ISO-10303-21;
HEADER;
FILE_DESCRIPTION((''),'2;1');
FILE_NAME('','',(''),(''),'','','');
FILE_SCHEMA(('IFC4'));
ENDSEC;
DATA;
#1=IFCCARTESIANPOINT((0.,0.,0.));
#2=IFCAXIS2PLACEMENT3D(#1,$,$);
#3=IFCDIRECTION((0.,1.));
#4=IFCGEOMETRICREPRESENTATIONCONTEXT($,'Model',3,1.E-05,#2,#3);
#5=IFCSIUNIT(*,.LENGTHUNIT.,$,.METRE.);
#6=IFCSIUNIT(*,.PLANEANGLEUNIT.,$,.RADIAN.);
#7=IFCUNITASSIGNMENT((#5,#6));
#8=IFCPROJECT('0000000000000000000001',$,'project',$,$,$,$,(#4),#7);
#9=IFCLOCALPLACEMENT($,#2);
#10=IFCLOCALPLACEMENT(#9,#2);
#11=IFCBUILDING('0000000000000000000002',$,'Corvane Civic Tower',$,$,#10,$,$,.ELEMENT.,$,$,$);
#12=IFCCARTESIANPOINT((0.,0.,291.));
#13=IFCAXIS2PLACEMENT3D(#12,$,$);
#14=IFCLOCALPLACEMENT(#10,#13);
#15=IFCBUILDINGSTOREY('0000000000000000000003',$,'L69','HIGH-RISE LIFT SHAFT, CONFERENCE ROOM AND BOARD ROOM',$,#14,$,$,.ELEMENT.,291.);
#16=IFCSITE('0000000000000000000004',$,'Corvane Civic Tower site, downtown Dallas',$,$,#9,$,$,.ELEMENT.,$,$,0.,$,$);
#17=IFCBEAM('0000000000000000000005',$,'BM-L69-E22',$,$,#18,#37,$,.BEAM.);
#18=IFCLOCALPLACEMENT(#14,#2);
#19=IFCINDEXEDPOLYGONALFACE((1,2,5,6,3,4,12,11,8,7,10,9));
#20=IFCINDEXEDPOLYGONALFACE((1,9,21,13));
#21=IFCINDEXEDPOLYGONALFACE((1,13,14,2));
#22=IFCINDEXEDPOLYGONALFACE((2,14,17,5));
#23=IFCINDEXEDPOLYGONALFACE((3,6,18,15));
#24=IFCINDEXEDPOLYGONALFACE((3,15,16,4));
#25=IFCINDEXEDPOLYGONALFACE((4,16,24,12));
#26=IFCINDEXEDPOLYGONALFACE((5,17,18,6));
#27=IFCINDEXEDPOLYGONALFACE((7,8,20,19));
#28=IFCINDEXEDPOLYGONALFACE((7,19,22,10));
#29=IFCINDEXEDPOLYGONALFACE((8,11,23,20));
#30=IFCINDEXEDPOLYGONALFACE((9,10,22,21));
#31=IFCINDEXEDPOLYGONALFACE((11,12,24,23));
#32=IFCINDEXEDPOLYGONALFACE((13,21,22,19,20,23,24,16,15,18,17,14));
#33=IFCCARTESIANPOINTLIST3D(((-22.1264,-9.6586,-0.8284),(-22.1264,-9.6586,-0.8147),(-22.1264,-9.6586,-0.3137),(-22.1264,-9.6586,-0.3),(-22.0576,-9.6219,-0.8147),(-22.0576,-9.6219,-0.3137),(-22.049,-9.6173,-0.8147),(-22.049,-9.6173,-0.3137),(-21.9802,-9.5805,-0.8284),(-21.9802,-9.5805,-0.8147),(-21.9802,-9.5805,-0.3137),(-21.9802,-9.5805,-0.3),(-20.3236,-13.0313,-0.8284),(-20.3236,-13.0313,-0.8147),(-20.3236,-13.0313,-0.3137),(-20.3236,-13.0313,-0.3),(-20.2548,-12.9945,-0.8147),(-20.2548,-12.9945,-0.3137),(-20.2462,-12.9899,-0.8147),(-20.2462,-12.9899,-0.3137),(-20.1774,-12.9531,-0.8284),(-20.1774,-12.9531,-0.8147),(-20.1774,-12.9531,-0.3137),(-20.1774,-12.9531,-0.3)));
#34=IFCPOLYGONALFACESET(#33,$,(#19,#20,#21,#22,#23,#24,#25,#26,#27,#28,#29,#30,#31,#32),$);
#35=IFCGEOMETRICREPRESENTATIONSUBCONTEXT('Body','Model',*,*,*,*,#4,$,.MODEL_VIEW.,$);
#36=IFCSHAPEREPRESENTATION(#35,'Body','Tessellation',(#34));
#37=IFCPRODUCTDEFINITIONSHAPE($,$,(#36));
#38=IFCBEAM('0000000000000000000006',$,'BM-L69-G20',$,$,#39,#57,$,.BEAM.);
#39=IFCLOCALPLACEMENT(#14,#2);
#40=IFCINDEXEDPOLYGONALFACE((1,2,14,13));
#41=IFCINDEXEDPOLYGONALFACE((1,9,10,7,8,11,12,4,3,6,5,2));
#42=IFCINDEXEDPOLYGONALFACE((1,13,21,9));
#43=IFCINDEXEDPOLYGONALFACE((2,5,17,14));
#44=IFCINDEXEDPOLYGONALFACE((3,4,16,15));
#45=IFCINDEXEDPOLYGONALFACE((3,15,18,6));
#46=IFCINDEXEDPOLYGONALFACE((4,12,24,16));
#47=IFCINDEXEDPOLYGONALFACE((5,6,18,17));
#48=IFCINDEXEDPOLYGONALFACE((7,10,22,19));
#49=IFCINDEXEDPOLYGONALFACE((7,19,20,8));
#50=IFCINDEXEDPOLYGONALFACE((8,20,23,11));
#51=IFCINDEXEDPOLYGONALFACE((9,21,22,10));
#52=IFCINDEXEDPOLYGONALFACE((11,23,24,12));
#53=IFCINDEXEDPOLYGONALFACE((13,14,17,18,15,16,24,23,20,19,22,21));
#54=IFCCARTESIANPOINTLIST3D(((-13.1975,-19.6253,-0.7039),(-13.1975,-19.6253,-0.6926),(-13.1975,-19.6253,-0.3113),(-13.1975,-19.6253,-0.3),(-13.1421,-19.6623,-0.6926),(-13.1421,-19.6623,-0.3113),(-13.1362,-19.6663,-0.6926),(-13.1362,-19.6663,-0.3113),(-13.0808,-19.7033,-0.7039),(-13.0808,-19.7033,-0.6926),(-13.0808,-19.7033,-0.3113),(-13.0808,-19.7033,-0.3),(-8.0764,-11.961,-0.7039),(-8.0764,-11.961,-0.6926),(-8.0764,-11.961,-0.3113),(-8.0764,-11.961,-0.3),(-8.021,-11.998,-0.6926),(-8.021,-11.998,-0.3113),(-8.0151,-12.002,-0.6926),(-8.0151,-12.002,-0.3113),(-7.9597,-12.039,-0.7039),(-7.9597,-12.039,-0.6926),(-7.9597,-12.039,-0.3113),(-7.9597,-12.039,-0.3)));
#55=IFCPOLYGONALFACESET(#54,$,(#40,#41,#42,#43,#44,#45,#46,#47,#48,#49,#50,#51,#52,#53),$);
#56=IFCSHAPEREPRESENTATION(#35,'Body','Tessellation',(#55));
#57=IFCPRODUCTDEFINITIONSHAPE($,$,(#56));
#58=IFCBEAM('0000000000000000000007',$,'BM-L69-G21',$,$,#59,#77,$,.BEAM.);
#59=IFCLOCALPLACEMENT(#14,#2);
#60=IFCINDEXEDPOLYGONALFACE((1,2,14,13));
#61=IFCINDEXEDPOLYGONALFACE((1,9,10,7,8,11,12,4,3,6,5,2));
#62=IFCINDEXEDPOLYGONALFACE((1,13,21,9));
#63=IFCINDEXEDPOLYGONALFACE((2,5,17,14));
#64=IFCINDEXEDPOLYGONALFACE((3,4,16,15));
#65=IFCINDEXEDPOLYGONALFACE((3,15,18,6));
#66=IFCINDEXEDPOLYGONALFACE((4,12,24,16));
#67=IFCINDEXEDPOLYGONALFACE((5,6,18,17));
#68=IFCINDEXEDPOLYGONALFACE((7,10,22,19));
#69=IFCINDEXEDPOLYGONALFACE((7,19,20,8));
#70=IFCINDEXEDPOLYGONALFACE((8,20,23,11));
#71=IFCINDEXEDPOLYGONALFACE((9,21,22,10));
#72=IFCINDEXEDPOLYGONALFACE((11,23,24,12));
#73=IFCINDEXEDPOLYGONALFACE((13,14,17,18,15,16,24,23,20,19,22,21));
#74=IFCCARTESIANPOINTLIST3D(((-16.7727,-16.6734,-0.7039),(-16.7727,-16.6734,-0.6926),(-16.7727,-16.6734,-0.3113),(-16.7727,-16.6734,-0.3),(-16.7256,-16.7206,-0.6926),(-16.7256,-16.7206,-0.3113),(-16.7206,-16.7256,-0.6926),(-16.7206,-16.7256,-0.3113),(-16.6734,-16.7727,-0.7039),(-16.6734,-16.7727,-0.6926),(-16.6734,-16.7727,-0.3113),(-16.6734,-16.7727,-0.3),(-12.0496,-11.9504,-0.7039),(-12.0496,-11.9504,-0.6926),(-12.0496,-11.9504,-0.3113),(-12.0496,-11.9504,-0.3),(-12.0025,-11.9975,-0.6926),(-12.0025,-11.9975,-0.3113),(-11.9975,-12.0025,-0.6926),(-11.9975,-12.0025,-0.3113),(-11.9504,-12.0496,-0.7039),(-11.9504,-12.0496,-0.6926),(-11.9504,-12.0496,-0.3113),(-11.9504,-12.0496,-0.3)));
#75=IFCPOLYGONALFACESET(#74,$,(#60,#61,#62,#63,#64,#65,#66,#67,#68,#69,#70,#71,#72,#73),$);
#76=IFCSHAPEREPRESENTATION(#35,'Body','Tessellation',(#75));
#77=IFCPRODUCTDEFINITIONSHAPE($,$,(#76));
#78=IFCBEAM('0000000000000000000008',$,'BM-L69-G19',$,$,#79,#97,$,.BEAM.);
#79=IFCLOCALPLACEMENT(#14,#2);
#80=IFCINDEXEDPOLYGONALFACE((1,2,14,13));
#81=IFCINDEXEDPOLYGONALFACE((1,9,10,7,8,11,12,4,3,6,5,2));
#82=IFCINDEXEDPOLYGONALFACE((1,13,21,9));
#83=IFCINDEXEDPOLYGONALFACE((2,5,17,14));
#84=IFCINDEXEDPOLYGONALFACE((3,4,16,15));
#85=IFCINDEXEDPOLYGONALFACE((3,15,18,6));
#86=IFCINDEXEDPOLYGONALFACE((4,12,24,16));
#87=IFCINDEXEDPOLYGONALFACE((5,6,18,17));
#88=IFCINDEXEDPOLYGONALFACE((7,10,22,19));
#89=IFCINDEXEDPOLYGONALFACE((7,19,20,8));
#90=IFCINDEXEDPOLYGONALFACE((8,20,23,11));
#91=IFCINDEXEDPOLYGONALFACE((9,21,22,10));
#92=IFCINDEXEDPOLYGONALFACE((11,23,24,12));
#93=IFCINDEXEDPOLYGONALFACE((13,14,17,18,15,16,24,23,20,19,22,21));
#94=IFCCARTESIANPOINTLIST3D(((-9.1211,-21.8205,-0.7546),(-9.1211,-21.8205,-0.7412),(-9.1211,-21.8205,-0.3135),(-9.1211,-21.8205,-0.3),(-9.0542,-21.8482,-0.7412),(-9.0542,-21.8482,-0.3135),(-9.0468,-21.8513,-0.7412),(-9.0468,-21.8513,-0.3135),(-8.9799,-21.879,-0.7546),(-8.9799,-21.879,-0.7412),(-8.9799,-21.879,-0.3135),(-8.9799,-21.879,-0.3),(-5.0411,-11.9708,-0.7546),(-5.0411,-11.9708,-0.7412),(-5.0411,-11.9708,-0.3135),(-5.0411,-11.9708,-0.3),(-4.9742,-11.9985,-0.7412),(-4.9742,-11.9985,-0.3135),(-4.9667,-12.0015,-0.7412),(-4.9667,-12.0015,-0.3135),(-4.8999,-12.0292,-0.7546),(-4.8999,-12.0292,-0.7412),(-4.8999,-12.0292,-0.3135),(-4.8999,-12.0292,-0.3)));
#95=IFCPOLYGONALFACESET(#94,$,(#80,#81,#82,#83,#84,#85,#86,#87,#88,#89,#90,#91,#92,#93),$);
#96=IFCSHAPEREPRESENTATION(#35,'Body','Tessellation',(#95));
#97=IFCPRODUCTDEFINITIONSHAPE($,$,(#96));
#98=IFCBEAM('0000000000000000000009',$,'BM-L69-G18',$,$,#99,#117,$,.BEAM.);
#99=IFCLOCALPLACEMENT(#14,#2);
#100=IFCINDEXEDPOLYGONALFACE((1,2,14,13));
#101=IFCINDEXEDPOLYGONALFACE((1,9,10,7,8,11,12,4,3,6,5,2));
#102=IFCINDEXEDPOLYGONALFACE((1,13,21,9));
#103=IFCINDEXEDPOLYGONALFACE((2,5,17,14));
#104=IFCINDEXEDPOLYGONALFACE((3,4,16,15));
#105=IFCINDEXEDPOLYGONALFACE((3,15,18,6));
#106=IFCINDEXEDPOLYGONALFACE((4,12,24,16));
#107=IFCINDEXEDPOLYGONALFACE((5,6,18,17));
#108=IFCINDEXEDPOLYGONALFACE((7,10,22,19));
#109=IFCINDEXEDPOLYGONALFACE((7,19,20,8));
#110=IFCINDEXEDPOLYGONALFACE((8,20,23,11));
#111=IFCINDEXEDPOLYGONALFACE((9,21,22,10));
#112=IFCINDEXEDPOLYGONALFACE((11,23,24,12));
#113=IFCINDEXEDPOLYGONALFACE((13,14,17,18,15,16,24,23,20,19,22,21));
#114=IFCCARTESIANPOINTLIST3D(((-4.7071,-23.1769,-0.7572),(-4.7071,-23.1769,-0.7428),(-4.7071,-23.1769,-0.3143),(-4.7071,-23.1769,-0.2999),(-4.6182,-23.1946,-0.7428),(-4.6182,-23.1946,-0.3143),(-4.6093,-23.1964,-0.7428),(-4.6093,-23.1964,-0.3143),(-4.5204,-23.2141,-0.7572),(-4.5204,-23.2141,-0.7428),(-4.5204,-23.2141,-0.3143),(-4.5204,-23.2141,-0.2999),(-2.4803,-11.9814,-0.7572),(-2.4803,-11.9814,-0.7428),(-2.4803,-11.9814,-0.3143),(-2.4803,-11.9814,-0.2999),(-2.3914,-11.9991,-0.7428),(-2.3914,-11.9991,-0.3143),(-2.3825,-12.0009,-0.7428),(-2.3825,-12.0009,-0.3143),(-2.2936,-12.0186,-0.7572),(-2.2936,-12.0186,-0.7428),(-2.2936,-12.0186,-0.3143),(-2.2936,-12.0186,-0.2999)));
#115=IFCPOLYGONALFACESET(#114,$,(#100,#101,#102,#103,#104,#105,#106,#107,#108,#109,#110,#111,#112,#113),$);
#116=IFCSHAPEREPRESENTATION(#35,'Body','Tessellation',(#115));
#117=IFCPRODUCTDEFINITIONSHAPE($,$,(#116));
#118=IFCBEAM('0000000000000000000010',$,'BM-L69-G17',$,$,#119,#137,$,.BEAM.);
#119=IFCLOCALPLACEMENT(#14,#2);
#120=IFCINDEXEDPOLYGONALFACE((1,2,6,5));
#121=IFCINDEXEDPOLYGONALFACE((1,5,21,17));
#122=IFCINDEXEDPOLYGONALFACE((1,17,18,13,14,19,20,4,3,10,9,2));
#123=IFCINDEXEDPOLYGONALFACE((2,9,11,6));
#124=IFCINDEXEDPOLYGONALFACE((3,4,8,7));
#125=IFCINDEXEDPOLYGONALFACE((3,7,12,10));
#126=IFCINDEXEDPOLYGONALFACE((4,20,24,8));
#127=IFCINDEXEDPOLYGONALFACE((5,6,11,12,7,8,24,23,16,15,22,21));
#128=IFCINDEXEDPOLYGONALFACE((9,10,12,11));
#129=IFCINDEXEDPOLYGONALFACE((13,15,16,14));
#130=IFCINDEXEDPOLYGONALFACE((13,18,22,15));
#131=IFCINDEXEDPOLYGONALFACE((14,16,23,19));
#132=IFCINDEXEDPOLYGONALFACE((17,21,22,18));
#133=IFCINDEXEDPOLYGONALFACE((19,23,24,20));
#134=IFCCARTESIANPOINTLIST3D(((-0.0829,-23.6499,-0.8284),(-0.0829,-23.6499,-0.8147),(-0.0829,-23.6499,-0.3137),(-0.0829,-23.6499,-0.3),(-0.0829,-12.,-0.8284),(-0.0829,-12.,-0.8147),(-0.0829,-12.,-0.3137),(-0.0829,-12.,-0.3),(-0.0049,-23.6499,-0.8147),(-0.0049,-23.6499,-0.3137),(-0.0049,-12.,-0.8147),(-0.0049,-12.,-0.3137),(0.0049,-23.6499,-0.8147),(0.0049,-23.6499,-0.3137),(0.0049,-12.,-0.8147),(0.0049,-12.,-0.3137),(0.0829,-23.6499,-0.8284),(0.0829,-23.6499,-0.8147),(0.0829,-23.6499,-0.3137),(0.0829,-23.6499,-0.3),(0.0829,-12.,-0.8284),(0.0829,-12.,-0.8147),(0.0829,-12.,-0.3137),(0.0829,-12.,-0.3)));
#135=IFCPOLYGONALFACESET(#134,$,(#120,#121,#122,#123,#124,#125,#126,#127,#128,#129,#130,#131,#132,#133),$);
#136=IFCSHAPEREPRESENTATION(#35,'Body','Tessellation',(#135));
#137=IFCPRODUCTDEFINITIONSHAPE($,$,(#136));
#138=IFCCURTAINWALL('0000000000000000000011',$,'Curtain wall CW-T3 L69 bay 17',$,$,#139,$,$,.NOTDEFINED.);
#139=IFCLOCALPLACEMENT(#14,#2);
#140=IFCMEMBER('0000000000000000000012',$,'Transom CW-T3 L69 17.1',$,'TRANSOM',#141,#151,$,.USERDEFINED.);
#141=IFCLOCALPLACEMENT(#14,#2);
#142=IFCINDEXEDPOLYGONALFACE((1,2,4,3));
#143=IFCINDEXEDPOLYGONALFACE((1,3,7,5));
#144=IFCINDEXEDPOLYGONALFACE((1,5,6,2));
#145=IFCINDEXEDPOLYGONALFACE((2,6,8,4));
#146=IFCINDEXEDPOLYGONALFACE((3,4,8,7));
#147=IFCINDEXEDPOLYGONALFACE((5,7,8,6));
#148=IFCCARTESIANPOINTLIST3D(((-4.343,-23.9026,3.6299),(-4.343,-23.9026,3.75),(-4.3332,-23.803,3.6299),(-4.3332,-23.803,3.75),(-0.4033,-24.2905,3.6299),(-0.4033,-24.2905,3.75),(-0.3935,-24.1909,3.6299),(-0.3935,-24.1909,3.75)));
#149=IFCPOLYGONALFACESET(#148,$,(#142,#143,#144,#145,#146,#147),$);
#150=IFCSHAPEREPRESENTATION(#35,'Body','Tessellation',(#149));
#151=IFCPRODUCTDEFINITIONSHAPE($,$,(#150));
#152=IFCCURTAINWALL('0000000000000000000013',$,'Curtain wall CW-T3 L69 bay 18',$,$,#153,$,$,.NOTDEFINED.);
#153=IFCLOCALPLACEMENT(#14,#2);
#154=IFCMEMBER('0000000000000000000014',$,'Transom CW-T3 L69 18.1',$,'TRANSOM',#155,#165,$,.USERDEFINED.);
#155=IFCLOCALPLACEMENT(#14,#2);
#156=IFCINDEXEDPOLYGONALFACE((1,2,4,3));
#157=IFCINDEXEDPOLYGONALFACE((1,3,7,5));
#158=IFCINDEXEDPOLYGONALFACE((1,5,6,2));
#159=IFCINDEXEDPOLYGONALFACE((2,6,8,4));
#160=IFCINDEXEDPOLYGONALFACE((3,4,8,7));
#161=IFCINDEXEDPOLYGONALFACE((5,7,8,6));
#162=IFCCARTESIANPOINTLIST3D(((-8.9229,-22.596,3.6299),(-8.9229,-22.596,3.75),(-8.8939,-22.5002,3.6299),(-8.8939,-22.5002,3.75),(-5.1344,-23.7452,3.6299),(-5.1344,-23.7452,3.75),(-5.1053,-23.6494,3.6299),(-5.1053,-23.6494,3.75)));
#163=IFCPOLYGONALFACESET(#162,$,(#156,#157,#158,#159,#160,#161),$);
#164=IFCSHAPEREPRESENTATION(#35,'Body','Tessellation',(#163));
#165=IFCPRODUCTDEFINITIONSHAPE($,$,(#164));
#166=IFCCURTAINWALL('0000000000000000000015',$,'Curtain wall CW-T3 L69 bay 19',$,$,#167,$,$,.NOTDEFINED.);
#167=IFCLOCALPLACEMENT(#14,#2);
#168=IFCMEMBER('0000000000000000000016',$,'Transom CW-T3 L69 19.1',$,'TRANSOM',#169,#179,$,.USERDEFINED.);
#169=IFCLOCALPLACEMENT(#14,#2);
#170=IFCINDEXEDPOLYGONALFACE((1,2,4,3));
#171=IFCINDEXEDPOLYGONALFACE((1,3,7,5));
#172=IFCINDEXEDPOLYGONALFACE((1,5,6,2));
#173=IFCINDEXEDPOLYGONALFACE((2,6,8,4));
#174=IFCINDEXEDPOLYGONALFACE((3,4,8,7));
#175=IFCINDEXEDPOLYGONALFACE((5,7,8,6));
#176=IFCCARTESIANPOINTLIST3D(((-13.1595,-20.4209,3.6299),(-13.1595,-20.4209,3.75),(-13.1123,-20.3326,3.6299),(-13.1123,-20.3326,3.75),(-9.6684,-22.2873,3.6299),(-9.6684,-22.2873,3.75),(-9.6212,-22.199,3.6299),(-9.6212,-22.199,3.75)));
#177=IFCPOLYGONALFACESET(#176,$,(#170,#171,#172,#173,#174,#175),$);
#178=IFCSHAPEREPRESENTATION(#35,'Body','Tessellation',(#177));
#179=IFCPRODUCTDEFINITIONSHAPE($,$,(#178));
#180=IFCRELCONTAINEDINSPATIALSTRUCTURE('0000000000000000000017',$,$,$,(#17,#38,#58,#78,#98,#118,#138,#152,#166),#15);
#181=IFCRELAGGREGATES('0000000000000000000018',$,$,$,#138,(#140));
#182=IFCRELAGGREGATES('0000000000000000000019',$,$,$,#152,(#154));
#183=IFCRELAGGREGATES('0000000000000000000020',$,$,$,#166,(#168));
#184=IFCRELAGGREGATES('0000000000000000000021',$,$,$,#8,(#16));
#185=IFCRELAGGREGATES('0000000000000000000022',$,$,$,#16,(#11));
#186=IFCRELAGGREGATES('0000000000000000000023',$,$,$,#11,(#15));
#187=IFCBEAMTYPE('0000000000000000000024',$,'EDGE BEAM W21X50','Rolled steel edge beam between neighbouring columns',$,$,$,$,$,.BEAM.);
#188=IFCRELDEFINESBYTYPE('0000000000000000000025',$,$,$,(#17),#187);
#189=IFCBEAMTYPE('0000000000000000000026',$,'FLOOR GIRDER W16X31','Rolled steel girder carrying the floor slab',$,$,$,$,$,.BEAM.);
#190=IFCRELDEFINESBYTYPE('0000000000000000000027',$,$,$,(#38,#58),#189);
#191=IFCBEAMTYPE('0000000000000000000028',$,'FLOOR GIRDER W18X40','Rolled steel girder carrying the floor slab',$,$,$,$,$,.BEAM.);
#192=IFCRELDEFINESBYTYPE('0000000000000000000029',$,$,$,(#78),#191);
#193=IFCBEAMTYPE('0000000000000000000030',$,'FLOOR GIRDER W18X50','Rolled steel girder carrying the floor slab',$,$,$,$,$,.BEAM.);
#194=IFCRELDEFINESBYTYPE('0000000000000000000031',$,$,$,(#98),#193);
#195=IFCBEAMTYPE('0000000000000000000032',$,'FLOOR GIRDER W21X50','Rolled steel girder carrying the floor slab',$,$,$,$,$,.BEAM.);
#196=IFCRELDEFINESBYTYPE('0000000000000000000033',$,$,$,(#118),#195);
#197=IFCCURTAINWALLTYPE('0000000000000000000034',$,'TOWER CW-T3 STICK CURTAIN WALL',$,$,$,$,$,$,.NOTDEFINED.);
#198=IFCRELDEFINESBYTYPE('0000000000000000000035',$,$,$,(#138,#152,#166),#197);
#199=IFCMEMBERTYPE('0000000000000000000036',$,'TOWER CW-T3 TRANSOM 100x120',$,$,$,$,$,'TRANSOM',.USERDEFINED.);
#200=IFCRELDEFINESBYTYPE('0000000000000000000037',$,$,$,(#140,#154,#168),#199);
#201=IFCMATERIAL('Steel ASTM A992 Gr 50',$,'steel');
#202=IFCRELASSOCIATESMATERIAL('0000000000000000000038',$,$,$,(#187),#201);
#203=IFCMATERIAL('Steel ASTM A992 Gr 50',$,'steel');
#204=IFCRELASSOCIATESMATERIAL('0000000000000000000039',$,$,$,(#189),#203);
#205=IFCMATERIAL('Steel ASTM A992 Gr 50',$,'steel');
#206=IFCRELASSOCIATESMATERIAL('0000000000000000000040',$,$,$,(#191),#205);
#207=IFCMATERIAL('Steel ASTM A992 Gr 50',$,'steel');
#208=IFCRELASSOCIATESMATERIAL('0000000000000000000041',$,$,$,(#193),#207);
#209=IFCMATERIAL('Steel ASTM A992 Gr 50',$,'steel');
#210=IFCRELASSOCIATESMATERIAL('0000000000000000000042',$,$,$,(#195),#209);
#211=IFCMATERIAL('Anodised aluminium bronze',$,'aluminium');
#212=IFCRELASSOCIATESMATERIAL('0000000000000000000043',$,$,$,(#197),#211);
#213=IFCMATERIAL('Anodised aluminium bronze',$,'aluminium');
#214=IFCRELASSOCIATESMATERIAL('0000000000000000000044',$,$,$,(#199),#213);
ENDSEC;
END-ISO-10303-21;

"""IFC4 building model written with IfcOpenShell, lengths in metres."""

from ifc_helpers import new_model, si_unit, direction, frame, origin, origin_2d, place, context, subcontext, project, spatial, rectangle, i_section, extrude, material, material_profile, profile_set, type_object, element, aggregate, save


model = new_model("IFC4")

# Units and contexts
model_context = context("Model", 3, precision=1e-05, world=origin(), true_north=direction((0.0, 1.0)))
body_context = subcontext(model_context, "Body", "Model", "MODEL_VIEW")
ifc_project = project(units=[si_unit("LENGTHUNIT", "METRE"), si_unit("PLANEANGLEUNIT", "RADIAN")], contexts=[model_context])

# Site, building, storey
site_placement = place(None, origin())
site = spatial("IfcSite", under=ifc_project, at=site_placement, Name="Corvane Civic Tower site, downtown Dallas", CompositionType="ELEMENT", RefElevation=0.0)
building_placement = place(site_placement, origin())
building = spatial("IfcBuilding", under=site, at=building_placement, Name="Corvane Civic Tower", CompositionType="ELEMENT")
storey_placement = place(building_placement, frame((0.0, 0.0, 291.0)))
storey = spatial("IfcBuildingStorey", under=building, at=storey_placement, Name="L69", Description="HIGH-RISE LIFT SHAFT, CONFERENCE ROOM AND BOARD ROOM", CompositionType="ELEMENT", Elevation=291.0)

# Beams
ifc_material_1 = material(Name="Steel ASTM A992 Gr 50", Category="steel")
ifc_material_profile_1 = material_profile(ifc_material_1, i_section(OverallWidth=0.1658, OverallDepth=0.5283, WebThickness=0.0098, FlangeThickness=0.0137, at=origin_2d()), Name="W21X50")
ifc_profile_set_1 = profile_set([ifc_material_profile_1], Name="Steel ASTM A992 Gr 50")
beam_type_1 = type_object("IfcBeamType", Name="EDGE BEAM W21X50", Description="Rolled steel edge beam between neighbouring columns", PredefinedType="BEAM", material=ifc_profile_set_1)
beam_1_placement = place(storey_placement, frame((-20.2505, -12.9922, -0.5642), z_axis=(-0.47141, 0.881914, 0.0), x_axis=(-0.881914, -0.47141, 0.0)))
element("IfcBeam", 1, at=beam_1_placement, inside=storey, type_object=beam_type_1, Name="BM-L69-E22", PredefinedType="BEAM", context=body_context, shape_type="SweptSolid", body=[
    extrude(i_section(OverallWidth=0.1658, OverallDepth=0.5283, WebThickness=0.0098, FlangeThickness=0.0137, at=origin_2d()), origin(), (0.0, 0.0, 1.0), 3.8242),
])
ifc_material_2 = material(Name="Steel ASTM A992 Gr 50", Category="steel")
ifc_material_profile_2 = material_profile(ifc_material_2, i_section(OverallWidth=0.1404, OverallDepth=0.4038, WebThickness=0.0071, FlangeThickness=0.0112, at=origin_2d()), Name="W16X31")
ifc_profile_set_2 = profile_set([ifc_material_profile_2], Name="Steel ASTM A992 Gr 50")
beam_type_2 = type_object("IfcBeamType", Name="FLOOR GIRDER W16X31", Description="Rolled steel girder carrying the floor slab", PredefinedType="BEAM", material=ifc_profile_set_2)
beam_2_placement = place(storey_placement, frame((-8.0181, -12.0, -0.502), z_axis=(-0.555568, -0.831471, 0.0), x_axis=(0.831471, -0.555568, 0.0)))
element("IfcBeam", 2, at=beam_2_placement, inside=storey, type_object=beam_type_2, Name="BM-L69-G20", PredefinedType="BEAM", context=body_context, shape_type="SweptSolid", body=[
    extrude(i_section(OverallWidth=0.1404, OverallDepth=0.4038, WebThickness=0.0071, FlangeThickness=0.0112, at=origin_2d()), origin(), (0.0, 0.0, 1.0), 9.2178),
])
beam_3_placement = place(storey_placement, frame((-12.0, -12.0, -0.502), z_axis=(-0.707107, -0.707107, 0.0), x_axis=(0.707107, -0.707107, 0.0)))
element("IfcBeam", 3, at=beam_3_placement, inside=storey, type_object=beam_type_2, Name="BM-L69-G21", PredefinedType="BEAM", context=body_context, shape_type="SweptSolid", body=[
    extrude(i_section(OverallWidth=0.1404, OverallDepth=0.4038, WebThickness=0.0071, FlangeThickness=0.0112, at=origin_2d()), origin(), (0.0, 0.0, 1.0), 6.6794),
])
ifc_material_3 = material(Name="Steel ASTM A992 Gr 50", Category="steel")
ifc_material_profile_3 = material_profile(ifc_material_3, i_section(OverallWidth=0.1528, OverallDepth=0.4546, WebThickness=0.0081, FlangeThickness=0.0134, at=origin_2d()), Name="W18X40")
ifc_profile_set_3 = profile_set([ifc_material_profile_3], Name="Steel ASTM A992 Gr 50")
beam_type_3 = type_object("IfcBeamType", Name="FLOOR GIRDER W18X40", Description="Rolled steel girder carrying the floor slab", PredefinedType="BEAM", material=ifc_profile_set_3)
beam_4_placement = place(storey_placement, frame((-4.9705, -12.0, -0.5273), z_axis=(-0.382694, -0.923875, 0.0), x_axis=(0.923875, -0.382694, 0.0)))
element("IfcBeam", 4, at=beam_4_placement, inside=storey, type_object=beam_type_3, Name="BM-L69-G19", PredefinedType="BEAM", context=body_context, shape_type="SweptSolid", body=[
    extrude(i_section(OverallWidth=0.1528, OverallDepth=0.4546, WebThickness=0.0081, FlangeThickness=0.0134, at=origin_2d()), origin(), (0.0, 0.0, 1.0), 10.6614),
])
ifc_material_4 = material(Name="Steel ASTM A992 Gr 50", Category="steel")
ifc_material_profile_4 = material_profile(ifc_material_4, i_section(OverallWidth=0.1904, OverallDepth=0.4573, WebThickness=0.009, FlangeThickness=0.0144, at=origin_2d()), Name="W18X50")
ifc_profile_set_4 = profile_set([ifc_material_profile_4], Name="Steel ASTM A992 Gr 50")
beam_type_4 = type_object("IfcBeamType", Name="FLOOR GIRDER W18X50", Description="Rolled steel girder carrying the floor slab", PredefinedType="BEAM", material=ifc_profile_set_4)
beam_5_placement = place(storey_placement, frame((-2.387, -12.0, -0.5286), z_axis=(-0.19508, -0.980787, 0.0), x_axis=(0.980787, -0.19508, 0.0)))
element("IfcBeam", 5, at=beam_5_placement, inside=storey, type_object=beam_type_4, Name="BM-L69-G18", PredefinedType="BEAM", context=body_context, shape_type="SweptSolid", body=[
    extrude(i_section(OverallWidth=0.1904, OverallDepth=0.4573, WebThickness=0.009, FlangeThickness=0.0144, at=origin_2d()), origin(), (0.0, 0.0, 1.0), 11.4148),
])
ifc_material_5 = material(Name="Steel ASTM A992 Gr 50", Category="steel")
ifc_material_profile_5 = material_profile(ifc_material_5, i_section(OverallWidth=0.1658, OverallDepth=0.5283, WebThickness=0.0098, FlangeThickness=0.0137, at=origin_2d()), Name="W21X50")
ifc_profile_set_5 = profile_set([ifc_material_profile_5], Name="Steel ASTM A992 Gr 50")
beam_type_5 = type_object("IfcBeamType", Name="FLOOR GIRDER W21X50", Description="Rolled steel girder carrying the floor slab", PredefinedType="BEAM", material=ifc_profile_set_5)
beam_6_placement = place(storey_placement, frame((0.0, -12.0, -0.5642), z_axis=(0.0, -1.0, 0.0), x_axis=(1.0, 0.0, 0.0)))
element("IfcBeam", 6, at=beam_6_placement, inside=storey, type_object=beam_type_5, Name="BM-L69-G17", PredefinedType="BEAM", context=body_context, shape_type="SweptSolid", body=[
    extrude(i_section(OverallWidth=0.1658, OverallDepth=0.5283, WebThickness=0.0098, FlangeThickness=0.0137, at=origin_2d()), origin(), (0.0, 0.0, 1.0), 11.6499),
])

# Curtain walls, members
ifc_material_6 = material(Name="Anodised aluminium bronze", Category="aluminium")
curtain_wall_type = type_object("IfcCurtainWallType", Name="TOWER CW-T3 STICK CURTAIN WALL", PredefinedType="NOTDEFINED", material=ifc_material_6)
curtain_wall_1_placement = place(storey_placement, origin())
curtain_wall_1 = element("IfcCurtainWall", 7, at=curtain_wall_1_placement, inside=storey, type_object=curtain_wall_type, Name="Curtain wall CW-T3 L69 bay 17", PredefinedType="NOTDEFINED")
ifc_material_7 = material(Name="Anodised aluminium bronze", Category="aluminium")
ifc_material_profile_6 = material_profile(ifc_material_7, rectangle(XDim=0.1001, YDim=0.1201, at=origin_2d()), Name="TOWER CW-T3 TRANSOM 100x120")
ifc_profile_set_6 = profile_set([ifc_material_profile_6], Name="Anodised aluminium bronze")
member_type = type_object("IfcMemberType", Name="TOWER CW-T3 TRANSOM 100x120", ElementType="TRANSOM", PredefinedType="USERDEFINED", material=ifc_profile_set_6)
member_1_placement = place(storey_placement, frame((-0.3984, -24.2407, 3.6899), z_axis=(-0.995187, 0.097995, 0.0), x_axis=(-0.097995, -0.995187, 0.0)))
member_1 = element("IfcMember", 8, at=member_1_placement, type_object=member_type, Name="Transom CW-T3 L69 17.1", ObjectType="TRANSOM", PredefinedType="USERDEFINED", context=body_context, shape_type="SweptSolid", body=[
    extrude(rectangle(XDim=0.1001, YDim=0.1201, at=origin_2d()), origin(), (0.0, 0.0, 1.0), 3.9587),
])
curtain_wall_2_placement = place(storey_placement, origin())
curtain_wall_2 = element("IfcCurtainWall", 9, at=curtain_wall_2_placement, inside=storey, type_object=curtain_wall_type, Name="Curtain wall CW-T3 L69 bay 18", PredefinedType="NOTDEFINED")
member_2_placement = place(storey_placement, frame((-5.1199, -23.6973, 3.6899), z_axis=(-0.956946, 0.290266, 0.0), x_axis=(-0.290266, -0.956946, 0.0)))
member_2 = element("IfcMember", 10, at=member_2_placement, type_object=member_type, Name="Transom CW-T3 L69 18.1", ObjectType="TRANSOM", PredefinedType="USERDEFINED", context=body_context, shape_type="SweptSolid", body=[
    extrude(rectangle(XDim=0.1001, YDim=0.1201, at=origin_2d()), origin(), (0.0, 0.0, 1.0), 3.959),
])
curtain_wall_3_placement = place(storey_placement, origin())
curtain_wall_3 = element("IfcCurtainWall", 11, at=curtain_wall_3_placement, inside=storey, type_object=curtain_wall_type, Name="Curtain wall CW-T3 L69 bay 19", PredefinedType="NOTDEFINED")
member_3_placement = place(storey_placement, frame((-9.6448, -22.2432, 3.6899), z_axis=(-0.881883, 0.471468, 0.0), x_axis=(-0.471468, -0.881883, 0.0)))
member_3 = element("IfcMember", 12, at=member_3_placement, type_object=member_type, Name="Transom CW-T3 L69 19.1", ObjectType="TRANSOM", PredefinedType="USERDEFINED", context=body_context, shape_type="SweptSolid", body=[
    extrude(rectangle(XDim=0.1001, YDim=0.1201, at=origin_2d()), origin(), (0.0, 0.0, 1.0), 3.9587),
])

aggregate(curtain_wall_1, [member_1])
aggregate(curtain_wall_2, [member_2])
aggregate(curtain_wall_3, [member_3])

save(model, "model.ifc")
